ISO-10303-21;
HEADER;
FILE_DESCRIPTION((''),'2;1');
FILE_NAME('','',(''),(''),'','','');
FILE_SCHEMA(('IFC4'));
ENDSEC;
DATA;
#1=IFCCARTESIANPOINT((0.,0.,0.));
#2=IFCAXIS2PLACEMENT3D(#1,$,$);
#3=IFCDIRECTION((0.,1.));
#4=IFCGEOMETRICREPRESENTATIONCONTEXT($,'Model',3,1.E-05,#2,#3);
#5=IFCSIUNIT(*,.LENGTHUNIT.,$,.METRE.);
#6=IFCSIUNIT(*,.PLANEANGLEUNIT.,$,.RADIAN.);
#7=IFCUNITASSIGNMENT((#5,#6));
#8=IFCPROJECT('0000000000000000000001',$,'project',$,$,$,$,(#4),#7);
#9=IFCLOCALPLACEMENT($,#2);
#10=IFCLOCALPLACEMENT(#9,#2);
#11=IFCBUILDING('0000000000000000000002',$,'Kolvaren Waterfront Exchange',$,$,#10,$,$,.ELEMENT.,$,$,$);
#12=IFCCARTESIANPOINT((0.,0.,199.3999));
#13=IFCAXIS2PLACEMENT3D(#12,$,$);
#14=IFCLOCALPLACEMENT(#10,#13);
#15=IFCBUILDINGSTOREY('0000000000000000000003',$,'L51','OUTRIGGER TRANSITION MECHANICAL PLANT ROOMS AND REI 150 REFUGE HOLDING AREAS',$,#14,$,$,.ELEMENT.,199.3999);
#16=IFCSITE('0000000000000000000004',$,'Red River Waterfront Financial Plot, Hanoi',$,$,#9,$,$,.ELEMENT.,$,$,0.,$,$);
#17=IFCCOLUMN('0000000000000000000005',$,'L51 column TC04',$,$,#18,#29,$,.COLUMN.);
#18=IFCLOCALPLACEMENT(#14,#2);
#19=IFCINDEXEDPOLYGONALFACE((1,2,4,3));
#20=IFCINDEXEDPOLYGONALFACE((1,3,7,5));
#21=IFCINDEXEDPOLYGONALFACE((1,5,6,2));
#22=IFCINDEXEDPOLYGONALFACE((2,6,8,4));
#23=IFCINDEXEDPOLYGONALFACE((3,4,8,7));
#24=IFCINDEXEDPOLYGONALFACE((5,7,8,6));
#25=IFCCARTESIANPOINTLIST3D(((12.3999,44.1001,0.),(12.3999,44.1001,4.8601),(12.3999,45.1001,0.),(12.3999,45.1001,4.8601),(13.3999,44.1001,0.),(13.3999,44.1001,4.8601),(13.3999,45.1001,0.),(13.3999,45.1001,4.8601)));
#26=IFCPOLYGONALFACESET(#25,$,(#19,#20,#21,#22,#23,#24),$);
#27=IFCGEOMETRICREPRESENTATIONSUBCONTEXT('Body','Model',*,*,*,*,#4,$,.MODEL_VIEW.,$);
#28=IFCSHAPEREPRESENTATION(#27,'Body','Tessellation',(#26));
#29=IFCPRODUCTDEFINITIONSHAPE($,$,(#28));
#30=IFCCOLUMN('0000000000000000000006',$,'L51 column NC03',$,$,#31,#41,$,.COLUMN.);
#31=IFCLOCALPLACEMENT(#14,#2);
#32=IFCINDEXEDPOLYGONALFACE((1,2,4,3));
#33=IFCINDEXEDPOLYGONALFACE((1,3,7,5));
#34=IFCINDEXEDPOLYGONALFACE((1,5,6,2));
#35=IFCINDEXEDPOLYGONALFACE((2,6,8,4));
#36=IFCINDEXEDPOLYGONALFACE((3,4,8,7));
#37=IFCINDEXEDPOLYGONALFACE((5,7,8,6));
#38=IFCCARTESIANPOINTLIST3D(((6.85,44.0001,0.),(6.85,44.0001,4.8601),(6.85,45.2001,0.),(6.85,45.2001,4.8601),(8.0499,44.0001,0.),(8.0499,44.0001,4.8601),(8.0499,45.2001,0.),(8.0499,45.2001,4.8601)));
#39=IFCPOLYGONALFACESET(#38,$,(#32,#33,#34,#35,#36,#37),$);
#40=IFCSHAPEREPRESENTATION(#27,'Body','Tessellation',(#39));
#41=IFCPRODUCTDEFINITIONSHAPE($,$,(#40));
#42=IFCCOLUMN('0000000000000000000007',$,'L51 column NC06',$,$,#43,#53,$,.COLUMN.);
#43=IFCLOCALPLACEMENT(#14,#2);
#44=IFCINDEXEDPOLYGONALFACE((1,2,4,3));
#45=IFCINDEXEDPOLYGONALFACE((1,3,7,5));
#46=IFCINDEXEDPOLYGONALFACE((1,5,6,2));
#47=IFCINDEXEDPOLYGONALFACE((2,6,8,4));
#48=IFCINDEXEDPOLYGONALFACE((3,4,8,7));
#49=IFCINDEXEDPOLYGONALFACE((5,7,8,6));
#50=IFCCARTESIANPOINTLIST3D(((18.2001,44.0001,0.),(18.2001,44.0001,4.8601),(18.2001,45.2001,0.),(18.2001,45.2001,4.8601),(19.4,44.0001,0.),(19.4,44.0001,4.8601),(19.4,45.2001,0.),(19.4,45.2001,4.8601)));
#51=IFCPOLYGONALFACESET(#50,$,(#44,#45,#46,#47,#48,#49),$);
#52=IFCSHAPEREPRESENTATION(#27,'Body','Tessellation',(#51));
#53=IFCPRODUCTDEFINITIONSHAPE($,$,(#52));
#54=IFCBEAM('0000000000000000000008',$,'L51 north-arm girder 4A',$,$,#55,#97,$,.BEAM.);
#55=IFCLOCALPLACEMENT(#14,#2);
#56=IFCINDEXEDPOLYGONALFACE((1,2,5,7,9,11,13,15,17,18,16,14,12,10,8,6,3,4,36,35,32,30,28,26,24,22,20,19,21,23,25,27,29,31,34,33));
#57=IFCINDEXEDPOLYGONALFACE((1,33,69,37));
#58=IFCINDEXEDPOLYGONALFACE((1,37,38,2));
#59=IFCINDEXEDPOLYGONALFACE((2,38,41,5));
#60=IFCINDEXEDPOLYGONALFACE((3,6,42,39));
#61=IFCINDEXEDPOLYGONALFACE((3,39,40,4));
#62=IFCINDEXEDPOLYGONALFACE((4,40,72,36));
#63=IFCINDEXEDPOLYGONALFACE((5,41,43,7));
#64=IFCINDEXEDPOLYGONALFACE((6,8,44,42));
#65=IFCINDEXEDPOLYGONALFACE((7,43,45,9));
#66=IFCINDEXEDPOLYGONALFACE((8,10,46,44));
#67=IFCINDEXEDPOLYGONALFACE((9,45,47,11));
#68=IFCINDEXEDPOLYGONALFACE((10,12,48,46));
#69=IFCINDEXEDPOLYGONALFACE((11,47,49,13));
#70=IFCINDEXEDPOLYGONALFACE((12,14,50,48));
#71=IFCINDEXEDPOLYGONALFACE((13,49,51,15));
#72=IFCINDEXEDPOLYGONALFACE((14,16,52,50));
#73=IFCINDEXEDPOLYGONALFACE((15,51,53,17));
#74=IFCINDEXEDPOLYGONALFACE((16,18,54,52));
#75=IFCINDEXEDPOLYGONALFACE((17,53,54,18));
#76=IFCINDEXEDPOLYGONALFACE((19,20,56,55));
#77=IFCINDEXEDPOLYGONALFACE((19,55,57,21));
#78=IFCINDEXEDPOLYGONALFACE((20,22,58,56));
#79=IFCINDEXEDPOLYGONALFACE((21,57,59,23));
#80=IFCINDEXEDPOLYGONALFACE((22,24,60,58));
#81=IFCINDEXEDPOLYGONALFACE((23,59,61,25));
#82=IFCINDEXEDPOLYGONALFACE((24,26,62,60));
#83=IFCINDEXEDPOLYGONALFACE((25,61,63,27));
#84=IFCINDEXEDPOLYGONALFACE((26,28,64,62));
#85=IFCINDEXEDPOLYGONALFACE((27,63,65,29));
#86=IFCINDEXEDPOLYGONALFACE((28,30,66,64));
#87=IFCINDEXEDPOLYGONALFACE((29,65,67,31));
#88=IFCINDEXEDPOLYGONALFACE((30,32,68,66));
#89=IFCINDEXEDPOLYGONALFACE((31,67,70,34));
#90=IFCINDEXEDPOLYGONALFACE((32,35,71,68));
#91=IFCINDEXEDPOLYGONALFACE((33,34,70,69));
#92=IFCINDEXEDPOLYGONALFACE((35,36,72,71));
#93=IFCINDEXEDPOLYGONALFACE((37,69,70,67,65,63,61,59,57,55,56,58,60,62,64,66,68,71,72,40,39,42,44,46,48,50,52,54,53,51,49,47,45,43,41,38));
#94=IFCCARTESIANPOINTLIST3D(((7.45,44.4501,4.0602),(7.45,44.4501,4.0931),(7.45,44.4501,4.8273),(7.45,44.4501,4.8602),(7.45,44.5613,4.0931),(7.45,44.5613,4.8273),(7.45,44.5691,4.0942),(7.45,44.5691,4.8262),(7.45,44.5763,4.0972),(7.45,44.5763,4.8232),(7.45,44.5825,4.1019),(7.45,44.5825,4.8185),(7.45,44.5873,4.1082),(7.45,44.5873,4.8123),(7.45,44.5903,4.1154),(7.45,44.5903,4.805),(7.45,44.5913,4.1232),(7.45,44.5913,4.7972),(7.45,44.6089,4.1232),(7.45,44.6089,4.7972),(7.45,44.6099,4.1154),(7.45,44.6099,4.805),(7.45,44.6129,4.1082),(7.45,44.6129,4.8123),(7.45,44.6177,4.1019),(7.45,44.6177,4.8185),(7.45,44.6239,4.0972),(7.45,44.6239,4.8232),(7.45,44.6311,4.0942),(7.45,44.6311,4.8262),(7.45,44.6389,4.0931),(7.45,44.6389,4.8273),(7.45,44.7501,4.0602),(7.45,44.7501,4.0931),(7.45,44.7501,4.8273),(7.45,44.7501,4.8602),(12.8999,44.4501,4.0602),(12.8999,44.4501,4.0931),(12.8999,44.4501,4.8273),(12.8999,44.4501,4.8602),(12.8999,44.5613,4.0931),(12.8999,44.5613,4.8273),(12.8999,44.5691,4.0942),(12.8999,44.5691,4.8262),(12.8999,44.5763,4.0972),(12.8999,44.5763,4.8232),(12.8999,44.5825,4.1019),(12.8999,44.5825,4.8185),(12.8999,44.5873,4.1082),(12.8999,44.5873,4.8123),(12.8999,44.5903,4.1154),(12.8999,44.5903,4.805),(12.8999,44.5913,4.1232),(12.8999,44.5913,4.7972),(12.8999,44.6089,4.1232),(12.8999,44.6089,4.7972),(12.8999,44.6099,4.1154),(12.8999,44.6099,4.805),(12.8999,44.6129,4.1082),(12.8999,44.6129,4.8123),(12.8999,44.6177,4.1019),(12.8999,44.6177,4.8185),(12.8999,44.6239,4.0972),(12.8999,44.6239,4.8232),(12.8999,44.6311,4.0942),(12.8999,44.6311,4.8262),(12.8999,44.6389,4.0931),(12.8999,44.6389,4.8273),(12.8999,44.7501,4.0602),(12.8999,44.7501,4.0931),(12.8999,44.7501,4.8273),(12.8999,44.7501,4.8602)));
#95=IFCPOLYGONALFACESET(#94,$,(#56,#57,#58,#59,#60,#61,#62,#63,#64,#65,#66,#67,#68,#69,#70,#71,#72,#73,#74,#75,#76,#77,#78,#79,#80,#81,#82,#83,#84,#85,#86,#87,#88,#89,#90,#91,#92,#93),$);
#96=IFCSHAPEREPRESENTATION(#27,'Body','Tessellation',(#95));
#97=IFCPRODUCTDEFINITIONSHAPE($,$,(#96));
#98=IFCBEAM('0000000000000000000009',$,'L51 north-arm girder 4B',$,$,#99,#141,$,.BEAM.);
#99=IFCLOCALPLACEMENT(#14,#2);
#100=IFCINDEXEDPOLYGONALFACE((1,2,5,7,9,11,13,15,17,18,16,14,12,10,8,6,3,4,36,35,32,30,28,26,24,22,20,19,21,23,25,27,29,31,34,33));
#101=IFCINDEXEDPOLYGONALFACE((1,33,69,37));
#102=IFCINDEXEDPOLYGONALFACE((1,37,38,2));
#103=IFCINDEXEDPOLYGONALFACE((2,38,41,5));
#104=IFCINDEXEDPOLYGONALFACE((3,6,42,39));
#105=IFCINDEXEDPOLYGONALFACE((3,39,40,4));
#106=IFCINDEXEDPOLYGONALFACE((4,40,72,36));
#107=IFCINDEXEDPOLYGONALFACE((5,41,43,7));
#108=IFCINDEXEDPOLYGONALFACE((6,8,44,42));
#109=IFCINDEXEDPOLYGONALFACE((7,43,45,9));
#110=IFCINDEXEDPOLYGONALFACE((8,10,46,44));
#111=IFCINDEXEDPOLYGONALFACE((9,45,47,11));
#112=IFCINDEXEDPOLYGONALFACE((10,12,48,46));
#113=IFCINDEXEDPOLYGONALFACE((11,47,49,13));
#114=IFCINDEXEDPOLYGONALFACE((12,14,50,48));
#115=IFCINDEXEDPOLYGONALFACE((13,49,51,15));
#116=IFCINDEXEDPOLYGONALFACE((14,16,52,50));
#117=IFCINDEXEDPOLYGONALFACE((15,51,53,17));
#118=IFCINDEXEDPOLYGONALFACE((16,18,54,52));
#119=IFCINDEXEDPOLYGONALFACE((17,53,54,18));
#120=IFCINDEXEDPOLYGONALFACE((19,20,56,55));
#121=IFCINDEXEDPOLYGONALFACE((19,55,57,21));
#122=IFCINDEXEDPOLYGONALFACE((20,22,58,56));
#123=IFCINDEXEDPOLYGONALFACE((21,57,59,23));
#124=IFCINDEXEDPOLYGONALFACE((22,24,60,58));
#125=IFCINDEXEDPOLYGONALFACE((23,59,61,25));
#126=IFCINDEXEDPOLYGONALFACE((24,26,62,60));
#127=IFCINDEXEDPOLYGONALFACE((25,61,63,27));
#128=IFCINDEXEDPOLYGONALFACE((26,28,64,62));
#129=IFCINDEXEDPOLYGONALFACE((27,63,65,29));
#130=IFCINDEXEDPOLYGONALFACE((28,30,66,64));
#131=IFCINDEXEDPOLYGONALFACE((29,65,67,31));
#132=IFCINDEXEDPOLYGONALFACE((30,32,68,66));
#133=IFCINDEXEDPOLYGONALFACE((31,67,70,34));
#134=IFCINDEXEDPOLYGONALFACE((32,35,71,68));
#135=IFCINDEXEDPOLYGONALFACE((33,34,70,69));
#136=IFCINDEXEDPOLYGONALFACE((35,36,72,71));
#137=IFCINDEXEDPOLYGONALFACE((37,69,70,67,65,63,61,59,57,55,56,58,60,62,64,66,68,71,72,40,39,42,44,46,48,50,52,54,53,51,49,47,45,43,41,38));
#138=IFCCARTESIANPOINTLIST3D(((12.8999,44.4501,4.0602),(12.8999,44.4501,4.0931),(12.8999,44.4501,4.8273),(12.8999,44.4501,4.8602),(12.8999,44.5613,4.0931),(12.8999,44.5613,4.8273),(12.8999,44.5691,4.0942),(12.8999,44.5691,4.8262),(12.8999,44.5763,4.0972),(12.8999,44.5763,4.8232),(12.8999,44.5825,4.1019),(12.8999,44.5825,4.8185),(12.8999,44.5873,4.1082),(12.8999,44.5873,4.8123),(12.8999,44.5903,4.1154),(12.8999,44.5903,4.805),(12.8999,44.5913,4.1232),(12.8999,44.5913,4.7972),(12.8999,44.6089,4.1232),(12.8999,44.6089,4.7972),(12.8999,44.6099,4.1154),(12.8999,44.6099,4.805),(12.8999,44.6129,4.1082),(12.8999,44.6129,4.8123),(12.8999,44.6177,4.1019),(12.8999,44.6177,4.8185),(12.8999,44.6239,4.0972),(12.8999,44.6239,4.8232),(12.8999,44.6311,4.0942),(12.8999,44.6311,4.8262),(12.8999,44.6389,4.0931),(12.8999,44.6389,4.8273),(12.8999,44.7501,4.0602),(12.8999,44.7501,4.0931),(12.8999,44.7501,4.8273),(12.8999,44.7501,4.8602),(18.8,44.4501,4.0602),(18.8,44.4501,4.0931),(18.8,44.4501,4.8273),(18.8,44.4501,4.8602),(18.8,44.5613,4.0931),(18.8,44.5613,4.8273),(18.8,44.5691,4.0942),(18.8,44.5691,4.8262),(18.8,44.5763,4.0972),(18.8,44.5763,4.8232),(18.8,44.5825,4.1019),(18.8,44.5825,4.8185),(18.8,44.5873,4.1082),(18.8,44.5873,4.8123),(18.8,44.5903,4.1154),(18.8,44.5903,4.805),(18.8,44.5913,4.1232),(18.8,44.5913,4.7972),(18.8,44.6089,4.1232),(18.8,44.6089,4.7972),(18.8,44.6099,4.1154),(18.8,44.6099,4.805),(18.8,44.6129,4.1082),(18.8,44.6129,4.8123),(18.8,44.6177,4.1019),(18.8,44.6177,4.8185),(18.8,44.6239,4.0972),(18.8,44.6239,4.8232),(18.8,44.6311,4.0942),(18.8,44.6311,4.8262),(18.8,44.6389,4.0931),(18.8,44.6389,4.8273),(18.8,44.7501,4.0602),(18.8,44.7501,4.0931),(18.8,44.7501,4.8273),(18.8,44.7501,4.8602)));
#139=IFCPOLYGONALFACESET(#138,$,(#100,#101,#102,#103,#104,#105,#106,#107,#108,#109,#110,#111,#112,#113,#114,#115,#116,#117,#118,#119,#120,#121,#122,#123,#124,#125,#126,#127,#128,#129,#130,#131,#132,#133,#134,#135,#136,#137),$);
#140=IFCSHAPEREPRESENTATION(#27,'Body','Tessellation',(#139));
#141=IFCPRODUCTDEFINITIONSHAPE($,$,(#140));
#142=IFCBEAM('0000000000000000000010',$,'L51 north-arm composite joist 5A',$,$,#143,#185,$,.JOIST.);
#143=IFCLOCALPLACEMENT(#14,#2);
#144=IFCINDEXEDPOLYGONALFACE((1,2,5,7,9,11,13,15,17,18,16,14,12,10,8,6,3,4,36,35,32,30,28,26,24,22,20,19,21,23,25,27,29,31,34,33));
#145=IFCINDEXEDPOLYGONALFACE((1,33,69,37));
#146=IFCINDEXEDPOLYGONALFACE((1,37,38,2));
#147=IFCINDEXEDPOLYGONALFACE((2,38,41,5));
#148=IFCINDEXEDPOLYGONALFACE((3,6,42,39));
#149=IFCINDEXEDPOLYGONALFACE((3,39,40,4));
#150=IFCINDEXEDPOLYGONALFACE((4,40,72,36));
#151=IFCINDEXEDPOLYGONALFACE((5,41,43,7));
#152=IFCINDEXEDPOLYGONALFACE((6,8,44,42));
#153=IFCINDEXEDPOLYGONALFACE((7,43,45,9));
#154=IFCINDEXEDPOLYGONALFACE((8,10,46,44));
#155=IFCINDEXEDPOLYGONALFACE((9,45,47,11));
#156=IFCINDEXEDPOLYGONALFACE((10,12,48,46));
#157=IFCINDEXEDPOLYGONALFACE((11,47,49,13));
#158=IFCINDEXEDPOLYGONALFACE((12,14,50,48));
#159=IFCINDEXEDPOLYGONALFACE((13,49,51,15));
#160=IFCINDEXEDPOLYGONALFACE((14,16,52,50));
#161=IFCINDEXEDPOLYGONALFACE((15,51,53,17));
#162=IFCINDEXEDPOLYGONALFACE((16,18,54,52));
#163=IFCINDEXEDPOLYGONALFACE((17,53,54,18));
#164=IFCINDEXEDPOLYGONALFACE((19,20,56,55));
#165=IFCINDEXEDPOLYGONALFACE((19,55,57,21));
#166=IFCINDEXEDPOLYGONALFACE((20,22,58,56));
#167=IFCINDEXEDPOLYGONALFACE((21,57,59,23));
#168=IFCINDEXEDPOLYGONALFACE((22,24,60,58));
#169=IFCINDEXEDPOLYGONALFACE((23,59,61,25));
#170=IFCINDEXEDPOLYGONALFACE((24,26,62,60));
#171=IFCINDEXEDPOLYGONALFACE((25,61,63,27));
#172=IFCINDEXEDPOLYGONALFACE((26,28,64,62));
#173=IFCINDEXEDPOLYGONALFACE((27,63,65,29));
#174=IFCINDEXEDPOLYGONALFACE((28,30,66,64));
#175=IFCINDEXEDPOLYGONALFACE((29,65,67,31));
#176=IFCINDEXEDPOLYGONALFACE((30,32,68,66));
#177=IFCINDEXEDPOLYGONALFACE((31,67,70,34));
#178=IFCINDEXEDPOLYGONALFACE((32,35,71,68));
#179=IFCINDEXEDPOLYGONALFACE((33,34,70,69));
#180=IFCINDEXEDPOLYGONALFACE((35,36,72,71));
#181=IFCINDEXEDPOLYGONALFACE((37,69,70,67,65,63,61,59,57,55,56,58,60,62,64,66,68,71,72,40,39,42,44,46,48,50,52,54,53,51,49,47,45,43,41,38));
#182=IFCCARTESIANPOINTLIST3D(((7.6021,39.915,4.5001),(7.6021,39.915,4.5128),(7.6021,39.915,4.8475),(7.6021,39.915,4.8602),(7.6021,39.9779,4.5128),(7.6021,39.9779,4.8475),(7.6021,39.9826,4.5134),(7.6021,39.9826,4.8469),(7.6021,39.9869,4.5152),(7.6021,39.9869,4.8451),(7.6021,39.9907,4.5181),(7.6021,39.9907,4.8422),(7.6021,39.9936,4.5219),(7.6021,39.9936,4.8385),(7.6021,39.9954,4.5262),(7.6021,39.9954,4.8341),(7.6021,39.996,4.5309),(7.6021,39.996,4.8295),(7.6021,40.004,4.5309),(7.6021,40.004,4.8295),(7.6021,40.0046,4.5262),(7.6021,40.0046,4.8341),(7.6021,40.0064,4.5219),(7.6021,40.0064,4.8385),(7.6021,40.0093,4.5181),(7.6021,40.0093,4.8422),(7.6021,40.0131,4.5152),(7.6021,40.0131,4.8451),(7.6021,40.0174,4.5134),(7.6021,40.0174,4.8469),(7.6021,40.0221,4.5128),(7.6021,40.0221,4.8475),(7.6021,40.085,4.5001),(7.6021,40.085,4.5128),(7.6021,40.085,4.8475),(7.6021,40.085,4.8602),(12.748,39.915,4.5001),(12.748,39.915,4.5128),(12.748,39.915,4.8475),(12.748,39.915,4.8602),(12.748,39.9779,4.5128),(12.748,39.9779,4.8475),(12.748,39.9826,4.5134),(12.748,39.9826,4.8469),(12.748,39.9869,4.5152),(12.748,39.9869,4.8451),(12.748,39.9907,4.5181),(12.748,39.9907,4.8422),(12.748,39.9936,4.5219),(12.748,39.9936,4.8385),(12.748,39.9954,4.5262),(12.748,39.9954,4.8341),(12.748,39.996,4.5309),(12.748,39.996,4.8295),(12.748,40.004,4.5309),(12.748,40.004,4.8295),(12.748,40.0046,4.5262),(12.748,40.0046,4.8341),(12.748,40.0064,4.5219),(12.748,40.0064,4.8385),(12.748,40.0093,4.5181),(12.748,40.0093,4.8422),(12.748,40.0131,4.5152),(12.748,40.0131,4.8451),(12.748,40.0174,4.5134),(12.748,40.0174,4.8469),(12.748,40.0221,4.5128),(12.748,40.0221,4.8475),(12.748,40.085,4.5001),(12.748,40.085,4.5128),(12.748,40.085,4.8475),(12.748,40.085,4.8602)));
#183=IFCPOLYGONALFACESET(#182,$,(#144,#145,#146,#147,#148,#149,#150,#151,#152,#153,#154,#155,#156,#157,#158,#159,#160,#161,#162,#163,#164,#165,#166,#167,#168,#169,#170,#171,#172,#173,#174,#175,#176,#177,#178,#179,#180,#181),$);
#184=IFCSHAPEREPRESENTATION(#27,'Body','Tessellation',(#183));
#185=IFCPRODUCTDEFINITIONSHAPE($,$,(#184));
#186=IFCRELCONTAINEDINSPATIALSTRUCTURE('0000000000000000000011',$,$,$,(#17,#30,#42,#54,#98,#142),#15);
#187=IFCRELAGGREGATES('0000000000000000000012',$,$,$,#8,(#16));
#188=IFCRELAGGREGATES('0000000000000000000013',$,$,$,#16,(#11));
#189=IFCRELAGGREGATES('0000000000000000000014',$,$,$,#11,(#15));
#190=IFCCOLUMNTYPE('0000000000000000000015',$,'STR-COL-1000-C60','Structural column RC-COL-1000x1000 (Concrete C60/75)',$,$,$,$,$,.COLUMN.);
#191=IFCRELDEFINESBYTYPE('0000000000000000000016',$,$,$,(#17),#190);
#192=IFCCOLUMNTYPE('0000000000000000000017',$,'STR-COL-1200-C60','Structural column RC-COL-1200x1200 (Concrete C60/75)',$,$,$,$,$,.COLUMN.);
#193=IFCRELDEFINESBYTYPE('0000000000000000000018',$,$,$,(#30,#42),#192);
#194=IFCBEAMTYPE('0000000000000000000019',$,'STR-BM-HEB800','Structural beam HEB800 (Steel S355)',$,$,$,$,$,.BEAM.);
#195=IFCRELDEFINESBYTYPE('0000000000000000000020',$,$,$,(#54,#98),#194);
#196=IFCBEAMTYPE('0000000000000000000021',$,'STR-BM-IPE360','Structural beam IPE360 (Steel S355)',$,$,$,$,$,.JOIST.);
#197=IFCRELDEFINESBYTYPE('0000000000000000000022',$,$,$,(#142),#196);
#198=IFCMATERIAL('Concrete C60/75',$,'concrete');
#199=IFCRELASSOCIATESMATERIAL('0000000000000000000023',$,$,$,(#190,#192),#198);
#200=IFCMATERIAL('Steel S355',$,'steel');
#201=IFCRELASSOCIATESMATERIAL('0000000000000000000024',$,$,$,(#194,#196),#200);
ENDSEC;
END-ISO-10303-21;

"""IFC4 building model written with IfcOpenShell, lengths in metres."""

from ifc_helpers import new_model, si_unit, direction, frame, origin, origin_2d, place, context, subcontext, project, spatial, rectangle, i_section, extrude, material, material_profile, profile_set, type_object, element, save


model = new_model("IFC4")

# Units and contexts
model_context = context("Model", 3, precision=1e-05, world=origin(), true_north=direction((0.0, 1.0)))
body_context = subcontext(model_context, "Body", "Model", "MODEL_VIEW")
ifc_project = project(units=[si_unit("LENGTHUNIT", "METRE"), si_unit("PLANEANGLEUNIT", "RADIAN")], contexts=[model_context])

# Site, building, storey
site_placement = place(None, origin())
site = spatial("IfcSite", under=ifc_project, at=site_placement, Name="Red River Waterfront Financial Plot, Hanoi", CompositionType="ELEMENT", RefElevation=0.0)
building_placement = place(site_placement, origin())
building = spatial("IfcBuilding", under=site, at=building_placement, Name="Kolvaren Waterfront Exchange", CompositionType="ELEMENT")
storey_placement = place(building_placement, frame((0.0, 0.0, 199.3999)))
storey = spatial("IfcBuildingStorey", under=building, at=storey_placement, Name="L51", Description="OUTRIGGER TRANSITION MECHANICAL PLANT ROOMS AND REI 150 REFUGE HOLDING AREAS", CompositionType="ELEMENT", Elevation=199.3999)

# Columns
ifc_material_1 = material(Name="Concrete C60/75", Category="concrete")
ifc_material_profile_1 = material_profile(ifc_material_1, rectangle(XDim=1.0, YDim=1.0, at=origin_2d()), Name="RC-COL-1000x1000")
ifc_profile_set_1 = profile_set([ifc_material_profile_1], Name="Concrete C60/75")
column_type_1 = type_object("IfcColumnType", Name="STR-COL-1000-C60", Description="Structural column RC-COL-1000x1000 (Concrete C60/75)", PredefinedType="COLUMN", material=ifc_profile_set_1)
column_placement = place(storey_placement, frame((12.8999, 44.6001, 0.0), z_axis=(0.0, 0.0, 1.0), x_axis=(1.0, 0.0, 0.0)))
element("IfcColumn", 1, at=column_placement, inside=storey, type_object=column_type_1, Name="L51 column TC04", PredefinedType="COLUMN", context=body_context, shape_type="SweptSolid", body=[
    extrude(rectangle(XDim=1.0, YDim=1.0, at=origin_2d()), origin(), (0.0, 0.0, 1.0), 4.8601),
])
ifc_material_profile_2 = material_profile(ifc_material_1, rectangle(XDim=1.2, YDim=1.2, at=origin_2d()), Name="RC-COL-1200x1200")
ifc_profile_set_2 = profile_set([ifc_material_profile_2], Name="Concrete C60/75")
column_type_2 = type_object("IfcColumnType", Name="STR-COL-1200-C60", Description="Structural column RC-COL-1200x1200 (Concrete C60/75)", PredefinedType="COLUMN", material=ifc_profile_set_2)
for number, where, z_axis, x_axis, name in (
    (2, (7.45, 44.6001, 0.0), (0.0, 0.0, 1.0), (1.0, 0.0, 0.0), "L51 column NC03"),
    (3, (18.8, 44.6001, 0.0), (0.0, 0.0, 1.0), (1.0, 0.0, 0.0), "L51 column NC06"),
):
    element("IfcColumn", number, at=place(storey_placement, frame(where, z_axis=z_axis, x_axis=x_axis)), inside=storey, type_object=column_type_2, Name=name, PredefinedType="COLUMN", context=body_context, shape_type="SweptSolid", body=[
        extrude(rectangle(XDim=1.2, YDim=1.2, at=origin_2d()), origin(), (0.0, 0.0, 1.0), 4.8601),
    ])

# Beams
ifc_material_2 = material(Name="Steel S355", Category="steel")
ifc_material_profile_3 = material_profile(ifc_material_2, i_section(OverallWidth=0.3, OverallDepth=0.8, WebThickness=0.0176, FlangeThickness=0.033, FilletRadius=0.03, at=origin_2d()), Name="HEB800")
ifc_profile_set_3 = profile_set([ifc_material_profile_3], Name="Steel S355")
beam_type_1 = type_object("IfcBeamType", Name="STR-BM-HEB800", Description="Structural beam HEB800 (Steel S355)", PredefinedType="BEAM", material=ifc_profile_set_3)
beam_1_placement = place(storey_placement, frame((7.45, 44.6001, 4.4602), z_axis=(1.0, 0.0, 0.0), x_axis=(0.0, 1.0, 0.0)))
element("IfcBeam", 4, at=beam_1_placement, inside=storey, type_object=beam_type_1, Name="L51 north-arm girder 4A", PredefinedType="BEAM", context=body_context, shape_type="SweptSolid", body=[
    extrude(i_section(OverallWidth=0.3, OverallDepth=0.8, WebThickness=0.0176, FlangeThickness=0.033, FilletRadius=0.03, at=origin_2d()), origin(), (0.0, 0.0, 1.0), 5.45),
])
beam_2_placement = place(storey_placement, frame((12.8999, 44.6001, 4.4602), z_axis=(1.0, 0.0, 0.0), x_axis=(0.0, 1.0, 0.0)))
element("IfcBeam", 5, at=beam_2_placement, inside=storey, type_object=beam_type_1, Name="L51 north-arm girder 4B", PredefinedType="BEAM", context=body_context, shape_type="SweptSolid", body=[
    extrude(i_section(OverallWidth=0.3, OverallDepth=0.8, WebThickness=0.0176, FlangeThickness=0.033, FilletRadius=0.03, at=origin_2d()), origin(), (0.0, 0.0, 1.0), 5.9001),
])
ifc_material_profile_4 = material_profile(ifc_material_2, i_section(OverallWidth=0.1699, OverallDepth=0.3601, WebThickness=0.0081, FlangeThickness=0.0127, FilletRadius=0.0181, at=origin_2d()), Name="IPE360")
ifc_profile_set_4 = profile_set([ifc_material_profile_4], Name="Steel S355")
beam_type_2 = type_object("IfcBeamType", Name="STR-BM-IPE360", Description="Structural beam IPE360 (Steel S355)", PredefinedType="JOIST", material=ifc_profile_set_4)
beam_3_placement = place(storey_placement, frame((7.6021, 40.0, 4.6802), z_axis=(1.0, 0.0, 0.0), x_axis=(0.0, 1.0, 0.0)))
element("IfcBeam", 6, at=beam_3_placement, inside=storey, type_object=beam_type_2, Name="L51 north-arm composite joist 5A", PredefinedType="JOIST", context=body_context, shape_type="SweptSolid", body=[
    extrude(i_section(OverallWidth=0.1699, OverallDepth=0.3601, WebThickness=0.0081, FlangeThickness=0.0127, FilletRadius=0.0181, at=origin_2d()), origin(), (0.0, 0.0, 1.0), 5.146),
])

save(model, "model.ifc")
